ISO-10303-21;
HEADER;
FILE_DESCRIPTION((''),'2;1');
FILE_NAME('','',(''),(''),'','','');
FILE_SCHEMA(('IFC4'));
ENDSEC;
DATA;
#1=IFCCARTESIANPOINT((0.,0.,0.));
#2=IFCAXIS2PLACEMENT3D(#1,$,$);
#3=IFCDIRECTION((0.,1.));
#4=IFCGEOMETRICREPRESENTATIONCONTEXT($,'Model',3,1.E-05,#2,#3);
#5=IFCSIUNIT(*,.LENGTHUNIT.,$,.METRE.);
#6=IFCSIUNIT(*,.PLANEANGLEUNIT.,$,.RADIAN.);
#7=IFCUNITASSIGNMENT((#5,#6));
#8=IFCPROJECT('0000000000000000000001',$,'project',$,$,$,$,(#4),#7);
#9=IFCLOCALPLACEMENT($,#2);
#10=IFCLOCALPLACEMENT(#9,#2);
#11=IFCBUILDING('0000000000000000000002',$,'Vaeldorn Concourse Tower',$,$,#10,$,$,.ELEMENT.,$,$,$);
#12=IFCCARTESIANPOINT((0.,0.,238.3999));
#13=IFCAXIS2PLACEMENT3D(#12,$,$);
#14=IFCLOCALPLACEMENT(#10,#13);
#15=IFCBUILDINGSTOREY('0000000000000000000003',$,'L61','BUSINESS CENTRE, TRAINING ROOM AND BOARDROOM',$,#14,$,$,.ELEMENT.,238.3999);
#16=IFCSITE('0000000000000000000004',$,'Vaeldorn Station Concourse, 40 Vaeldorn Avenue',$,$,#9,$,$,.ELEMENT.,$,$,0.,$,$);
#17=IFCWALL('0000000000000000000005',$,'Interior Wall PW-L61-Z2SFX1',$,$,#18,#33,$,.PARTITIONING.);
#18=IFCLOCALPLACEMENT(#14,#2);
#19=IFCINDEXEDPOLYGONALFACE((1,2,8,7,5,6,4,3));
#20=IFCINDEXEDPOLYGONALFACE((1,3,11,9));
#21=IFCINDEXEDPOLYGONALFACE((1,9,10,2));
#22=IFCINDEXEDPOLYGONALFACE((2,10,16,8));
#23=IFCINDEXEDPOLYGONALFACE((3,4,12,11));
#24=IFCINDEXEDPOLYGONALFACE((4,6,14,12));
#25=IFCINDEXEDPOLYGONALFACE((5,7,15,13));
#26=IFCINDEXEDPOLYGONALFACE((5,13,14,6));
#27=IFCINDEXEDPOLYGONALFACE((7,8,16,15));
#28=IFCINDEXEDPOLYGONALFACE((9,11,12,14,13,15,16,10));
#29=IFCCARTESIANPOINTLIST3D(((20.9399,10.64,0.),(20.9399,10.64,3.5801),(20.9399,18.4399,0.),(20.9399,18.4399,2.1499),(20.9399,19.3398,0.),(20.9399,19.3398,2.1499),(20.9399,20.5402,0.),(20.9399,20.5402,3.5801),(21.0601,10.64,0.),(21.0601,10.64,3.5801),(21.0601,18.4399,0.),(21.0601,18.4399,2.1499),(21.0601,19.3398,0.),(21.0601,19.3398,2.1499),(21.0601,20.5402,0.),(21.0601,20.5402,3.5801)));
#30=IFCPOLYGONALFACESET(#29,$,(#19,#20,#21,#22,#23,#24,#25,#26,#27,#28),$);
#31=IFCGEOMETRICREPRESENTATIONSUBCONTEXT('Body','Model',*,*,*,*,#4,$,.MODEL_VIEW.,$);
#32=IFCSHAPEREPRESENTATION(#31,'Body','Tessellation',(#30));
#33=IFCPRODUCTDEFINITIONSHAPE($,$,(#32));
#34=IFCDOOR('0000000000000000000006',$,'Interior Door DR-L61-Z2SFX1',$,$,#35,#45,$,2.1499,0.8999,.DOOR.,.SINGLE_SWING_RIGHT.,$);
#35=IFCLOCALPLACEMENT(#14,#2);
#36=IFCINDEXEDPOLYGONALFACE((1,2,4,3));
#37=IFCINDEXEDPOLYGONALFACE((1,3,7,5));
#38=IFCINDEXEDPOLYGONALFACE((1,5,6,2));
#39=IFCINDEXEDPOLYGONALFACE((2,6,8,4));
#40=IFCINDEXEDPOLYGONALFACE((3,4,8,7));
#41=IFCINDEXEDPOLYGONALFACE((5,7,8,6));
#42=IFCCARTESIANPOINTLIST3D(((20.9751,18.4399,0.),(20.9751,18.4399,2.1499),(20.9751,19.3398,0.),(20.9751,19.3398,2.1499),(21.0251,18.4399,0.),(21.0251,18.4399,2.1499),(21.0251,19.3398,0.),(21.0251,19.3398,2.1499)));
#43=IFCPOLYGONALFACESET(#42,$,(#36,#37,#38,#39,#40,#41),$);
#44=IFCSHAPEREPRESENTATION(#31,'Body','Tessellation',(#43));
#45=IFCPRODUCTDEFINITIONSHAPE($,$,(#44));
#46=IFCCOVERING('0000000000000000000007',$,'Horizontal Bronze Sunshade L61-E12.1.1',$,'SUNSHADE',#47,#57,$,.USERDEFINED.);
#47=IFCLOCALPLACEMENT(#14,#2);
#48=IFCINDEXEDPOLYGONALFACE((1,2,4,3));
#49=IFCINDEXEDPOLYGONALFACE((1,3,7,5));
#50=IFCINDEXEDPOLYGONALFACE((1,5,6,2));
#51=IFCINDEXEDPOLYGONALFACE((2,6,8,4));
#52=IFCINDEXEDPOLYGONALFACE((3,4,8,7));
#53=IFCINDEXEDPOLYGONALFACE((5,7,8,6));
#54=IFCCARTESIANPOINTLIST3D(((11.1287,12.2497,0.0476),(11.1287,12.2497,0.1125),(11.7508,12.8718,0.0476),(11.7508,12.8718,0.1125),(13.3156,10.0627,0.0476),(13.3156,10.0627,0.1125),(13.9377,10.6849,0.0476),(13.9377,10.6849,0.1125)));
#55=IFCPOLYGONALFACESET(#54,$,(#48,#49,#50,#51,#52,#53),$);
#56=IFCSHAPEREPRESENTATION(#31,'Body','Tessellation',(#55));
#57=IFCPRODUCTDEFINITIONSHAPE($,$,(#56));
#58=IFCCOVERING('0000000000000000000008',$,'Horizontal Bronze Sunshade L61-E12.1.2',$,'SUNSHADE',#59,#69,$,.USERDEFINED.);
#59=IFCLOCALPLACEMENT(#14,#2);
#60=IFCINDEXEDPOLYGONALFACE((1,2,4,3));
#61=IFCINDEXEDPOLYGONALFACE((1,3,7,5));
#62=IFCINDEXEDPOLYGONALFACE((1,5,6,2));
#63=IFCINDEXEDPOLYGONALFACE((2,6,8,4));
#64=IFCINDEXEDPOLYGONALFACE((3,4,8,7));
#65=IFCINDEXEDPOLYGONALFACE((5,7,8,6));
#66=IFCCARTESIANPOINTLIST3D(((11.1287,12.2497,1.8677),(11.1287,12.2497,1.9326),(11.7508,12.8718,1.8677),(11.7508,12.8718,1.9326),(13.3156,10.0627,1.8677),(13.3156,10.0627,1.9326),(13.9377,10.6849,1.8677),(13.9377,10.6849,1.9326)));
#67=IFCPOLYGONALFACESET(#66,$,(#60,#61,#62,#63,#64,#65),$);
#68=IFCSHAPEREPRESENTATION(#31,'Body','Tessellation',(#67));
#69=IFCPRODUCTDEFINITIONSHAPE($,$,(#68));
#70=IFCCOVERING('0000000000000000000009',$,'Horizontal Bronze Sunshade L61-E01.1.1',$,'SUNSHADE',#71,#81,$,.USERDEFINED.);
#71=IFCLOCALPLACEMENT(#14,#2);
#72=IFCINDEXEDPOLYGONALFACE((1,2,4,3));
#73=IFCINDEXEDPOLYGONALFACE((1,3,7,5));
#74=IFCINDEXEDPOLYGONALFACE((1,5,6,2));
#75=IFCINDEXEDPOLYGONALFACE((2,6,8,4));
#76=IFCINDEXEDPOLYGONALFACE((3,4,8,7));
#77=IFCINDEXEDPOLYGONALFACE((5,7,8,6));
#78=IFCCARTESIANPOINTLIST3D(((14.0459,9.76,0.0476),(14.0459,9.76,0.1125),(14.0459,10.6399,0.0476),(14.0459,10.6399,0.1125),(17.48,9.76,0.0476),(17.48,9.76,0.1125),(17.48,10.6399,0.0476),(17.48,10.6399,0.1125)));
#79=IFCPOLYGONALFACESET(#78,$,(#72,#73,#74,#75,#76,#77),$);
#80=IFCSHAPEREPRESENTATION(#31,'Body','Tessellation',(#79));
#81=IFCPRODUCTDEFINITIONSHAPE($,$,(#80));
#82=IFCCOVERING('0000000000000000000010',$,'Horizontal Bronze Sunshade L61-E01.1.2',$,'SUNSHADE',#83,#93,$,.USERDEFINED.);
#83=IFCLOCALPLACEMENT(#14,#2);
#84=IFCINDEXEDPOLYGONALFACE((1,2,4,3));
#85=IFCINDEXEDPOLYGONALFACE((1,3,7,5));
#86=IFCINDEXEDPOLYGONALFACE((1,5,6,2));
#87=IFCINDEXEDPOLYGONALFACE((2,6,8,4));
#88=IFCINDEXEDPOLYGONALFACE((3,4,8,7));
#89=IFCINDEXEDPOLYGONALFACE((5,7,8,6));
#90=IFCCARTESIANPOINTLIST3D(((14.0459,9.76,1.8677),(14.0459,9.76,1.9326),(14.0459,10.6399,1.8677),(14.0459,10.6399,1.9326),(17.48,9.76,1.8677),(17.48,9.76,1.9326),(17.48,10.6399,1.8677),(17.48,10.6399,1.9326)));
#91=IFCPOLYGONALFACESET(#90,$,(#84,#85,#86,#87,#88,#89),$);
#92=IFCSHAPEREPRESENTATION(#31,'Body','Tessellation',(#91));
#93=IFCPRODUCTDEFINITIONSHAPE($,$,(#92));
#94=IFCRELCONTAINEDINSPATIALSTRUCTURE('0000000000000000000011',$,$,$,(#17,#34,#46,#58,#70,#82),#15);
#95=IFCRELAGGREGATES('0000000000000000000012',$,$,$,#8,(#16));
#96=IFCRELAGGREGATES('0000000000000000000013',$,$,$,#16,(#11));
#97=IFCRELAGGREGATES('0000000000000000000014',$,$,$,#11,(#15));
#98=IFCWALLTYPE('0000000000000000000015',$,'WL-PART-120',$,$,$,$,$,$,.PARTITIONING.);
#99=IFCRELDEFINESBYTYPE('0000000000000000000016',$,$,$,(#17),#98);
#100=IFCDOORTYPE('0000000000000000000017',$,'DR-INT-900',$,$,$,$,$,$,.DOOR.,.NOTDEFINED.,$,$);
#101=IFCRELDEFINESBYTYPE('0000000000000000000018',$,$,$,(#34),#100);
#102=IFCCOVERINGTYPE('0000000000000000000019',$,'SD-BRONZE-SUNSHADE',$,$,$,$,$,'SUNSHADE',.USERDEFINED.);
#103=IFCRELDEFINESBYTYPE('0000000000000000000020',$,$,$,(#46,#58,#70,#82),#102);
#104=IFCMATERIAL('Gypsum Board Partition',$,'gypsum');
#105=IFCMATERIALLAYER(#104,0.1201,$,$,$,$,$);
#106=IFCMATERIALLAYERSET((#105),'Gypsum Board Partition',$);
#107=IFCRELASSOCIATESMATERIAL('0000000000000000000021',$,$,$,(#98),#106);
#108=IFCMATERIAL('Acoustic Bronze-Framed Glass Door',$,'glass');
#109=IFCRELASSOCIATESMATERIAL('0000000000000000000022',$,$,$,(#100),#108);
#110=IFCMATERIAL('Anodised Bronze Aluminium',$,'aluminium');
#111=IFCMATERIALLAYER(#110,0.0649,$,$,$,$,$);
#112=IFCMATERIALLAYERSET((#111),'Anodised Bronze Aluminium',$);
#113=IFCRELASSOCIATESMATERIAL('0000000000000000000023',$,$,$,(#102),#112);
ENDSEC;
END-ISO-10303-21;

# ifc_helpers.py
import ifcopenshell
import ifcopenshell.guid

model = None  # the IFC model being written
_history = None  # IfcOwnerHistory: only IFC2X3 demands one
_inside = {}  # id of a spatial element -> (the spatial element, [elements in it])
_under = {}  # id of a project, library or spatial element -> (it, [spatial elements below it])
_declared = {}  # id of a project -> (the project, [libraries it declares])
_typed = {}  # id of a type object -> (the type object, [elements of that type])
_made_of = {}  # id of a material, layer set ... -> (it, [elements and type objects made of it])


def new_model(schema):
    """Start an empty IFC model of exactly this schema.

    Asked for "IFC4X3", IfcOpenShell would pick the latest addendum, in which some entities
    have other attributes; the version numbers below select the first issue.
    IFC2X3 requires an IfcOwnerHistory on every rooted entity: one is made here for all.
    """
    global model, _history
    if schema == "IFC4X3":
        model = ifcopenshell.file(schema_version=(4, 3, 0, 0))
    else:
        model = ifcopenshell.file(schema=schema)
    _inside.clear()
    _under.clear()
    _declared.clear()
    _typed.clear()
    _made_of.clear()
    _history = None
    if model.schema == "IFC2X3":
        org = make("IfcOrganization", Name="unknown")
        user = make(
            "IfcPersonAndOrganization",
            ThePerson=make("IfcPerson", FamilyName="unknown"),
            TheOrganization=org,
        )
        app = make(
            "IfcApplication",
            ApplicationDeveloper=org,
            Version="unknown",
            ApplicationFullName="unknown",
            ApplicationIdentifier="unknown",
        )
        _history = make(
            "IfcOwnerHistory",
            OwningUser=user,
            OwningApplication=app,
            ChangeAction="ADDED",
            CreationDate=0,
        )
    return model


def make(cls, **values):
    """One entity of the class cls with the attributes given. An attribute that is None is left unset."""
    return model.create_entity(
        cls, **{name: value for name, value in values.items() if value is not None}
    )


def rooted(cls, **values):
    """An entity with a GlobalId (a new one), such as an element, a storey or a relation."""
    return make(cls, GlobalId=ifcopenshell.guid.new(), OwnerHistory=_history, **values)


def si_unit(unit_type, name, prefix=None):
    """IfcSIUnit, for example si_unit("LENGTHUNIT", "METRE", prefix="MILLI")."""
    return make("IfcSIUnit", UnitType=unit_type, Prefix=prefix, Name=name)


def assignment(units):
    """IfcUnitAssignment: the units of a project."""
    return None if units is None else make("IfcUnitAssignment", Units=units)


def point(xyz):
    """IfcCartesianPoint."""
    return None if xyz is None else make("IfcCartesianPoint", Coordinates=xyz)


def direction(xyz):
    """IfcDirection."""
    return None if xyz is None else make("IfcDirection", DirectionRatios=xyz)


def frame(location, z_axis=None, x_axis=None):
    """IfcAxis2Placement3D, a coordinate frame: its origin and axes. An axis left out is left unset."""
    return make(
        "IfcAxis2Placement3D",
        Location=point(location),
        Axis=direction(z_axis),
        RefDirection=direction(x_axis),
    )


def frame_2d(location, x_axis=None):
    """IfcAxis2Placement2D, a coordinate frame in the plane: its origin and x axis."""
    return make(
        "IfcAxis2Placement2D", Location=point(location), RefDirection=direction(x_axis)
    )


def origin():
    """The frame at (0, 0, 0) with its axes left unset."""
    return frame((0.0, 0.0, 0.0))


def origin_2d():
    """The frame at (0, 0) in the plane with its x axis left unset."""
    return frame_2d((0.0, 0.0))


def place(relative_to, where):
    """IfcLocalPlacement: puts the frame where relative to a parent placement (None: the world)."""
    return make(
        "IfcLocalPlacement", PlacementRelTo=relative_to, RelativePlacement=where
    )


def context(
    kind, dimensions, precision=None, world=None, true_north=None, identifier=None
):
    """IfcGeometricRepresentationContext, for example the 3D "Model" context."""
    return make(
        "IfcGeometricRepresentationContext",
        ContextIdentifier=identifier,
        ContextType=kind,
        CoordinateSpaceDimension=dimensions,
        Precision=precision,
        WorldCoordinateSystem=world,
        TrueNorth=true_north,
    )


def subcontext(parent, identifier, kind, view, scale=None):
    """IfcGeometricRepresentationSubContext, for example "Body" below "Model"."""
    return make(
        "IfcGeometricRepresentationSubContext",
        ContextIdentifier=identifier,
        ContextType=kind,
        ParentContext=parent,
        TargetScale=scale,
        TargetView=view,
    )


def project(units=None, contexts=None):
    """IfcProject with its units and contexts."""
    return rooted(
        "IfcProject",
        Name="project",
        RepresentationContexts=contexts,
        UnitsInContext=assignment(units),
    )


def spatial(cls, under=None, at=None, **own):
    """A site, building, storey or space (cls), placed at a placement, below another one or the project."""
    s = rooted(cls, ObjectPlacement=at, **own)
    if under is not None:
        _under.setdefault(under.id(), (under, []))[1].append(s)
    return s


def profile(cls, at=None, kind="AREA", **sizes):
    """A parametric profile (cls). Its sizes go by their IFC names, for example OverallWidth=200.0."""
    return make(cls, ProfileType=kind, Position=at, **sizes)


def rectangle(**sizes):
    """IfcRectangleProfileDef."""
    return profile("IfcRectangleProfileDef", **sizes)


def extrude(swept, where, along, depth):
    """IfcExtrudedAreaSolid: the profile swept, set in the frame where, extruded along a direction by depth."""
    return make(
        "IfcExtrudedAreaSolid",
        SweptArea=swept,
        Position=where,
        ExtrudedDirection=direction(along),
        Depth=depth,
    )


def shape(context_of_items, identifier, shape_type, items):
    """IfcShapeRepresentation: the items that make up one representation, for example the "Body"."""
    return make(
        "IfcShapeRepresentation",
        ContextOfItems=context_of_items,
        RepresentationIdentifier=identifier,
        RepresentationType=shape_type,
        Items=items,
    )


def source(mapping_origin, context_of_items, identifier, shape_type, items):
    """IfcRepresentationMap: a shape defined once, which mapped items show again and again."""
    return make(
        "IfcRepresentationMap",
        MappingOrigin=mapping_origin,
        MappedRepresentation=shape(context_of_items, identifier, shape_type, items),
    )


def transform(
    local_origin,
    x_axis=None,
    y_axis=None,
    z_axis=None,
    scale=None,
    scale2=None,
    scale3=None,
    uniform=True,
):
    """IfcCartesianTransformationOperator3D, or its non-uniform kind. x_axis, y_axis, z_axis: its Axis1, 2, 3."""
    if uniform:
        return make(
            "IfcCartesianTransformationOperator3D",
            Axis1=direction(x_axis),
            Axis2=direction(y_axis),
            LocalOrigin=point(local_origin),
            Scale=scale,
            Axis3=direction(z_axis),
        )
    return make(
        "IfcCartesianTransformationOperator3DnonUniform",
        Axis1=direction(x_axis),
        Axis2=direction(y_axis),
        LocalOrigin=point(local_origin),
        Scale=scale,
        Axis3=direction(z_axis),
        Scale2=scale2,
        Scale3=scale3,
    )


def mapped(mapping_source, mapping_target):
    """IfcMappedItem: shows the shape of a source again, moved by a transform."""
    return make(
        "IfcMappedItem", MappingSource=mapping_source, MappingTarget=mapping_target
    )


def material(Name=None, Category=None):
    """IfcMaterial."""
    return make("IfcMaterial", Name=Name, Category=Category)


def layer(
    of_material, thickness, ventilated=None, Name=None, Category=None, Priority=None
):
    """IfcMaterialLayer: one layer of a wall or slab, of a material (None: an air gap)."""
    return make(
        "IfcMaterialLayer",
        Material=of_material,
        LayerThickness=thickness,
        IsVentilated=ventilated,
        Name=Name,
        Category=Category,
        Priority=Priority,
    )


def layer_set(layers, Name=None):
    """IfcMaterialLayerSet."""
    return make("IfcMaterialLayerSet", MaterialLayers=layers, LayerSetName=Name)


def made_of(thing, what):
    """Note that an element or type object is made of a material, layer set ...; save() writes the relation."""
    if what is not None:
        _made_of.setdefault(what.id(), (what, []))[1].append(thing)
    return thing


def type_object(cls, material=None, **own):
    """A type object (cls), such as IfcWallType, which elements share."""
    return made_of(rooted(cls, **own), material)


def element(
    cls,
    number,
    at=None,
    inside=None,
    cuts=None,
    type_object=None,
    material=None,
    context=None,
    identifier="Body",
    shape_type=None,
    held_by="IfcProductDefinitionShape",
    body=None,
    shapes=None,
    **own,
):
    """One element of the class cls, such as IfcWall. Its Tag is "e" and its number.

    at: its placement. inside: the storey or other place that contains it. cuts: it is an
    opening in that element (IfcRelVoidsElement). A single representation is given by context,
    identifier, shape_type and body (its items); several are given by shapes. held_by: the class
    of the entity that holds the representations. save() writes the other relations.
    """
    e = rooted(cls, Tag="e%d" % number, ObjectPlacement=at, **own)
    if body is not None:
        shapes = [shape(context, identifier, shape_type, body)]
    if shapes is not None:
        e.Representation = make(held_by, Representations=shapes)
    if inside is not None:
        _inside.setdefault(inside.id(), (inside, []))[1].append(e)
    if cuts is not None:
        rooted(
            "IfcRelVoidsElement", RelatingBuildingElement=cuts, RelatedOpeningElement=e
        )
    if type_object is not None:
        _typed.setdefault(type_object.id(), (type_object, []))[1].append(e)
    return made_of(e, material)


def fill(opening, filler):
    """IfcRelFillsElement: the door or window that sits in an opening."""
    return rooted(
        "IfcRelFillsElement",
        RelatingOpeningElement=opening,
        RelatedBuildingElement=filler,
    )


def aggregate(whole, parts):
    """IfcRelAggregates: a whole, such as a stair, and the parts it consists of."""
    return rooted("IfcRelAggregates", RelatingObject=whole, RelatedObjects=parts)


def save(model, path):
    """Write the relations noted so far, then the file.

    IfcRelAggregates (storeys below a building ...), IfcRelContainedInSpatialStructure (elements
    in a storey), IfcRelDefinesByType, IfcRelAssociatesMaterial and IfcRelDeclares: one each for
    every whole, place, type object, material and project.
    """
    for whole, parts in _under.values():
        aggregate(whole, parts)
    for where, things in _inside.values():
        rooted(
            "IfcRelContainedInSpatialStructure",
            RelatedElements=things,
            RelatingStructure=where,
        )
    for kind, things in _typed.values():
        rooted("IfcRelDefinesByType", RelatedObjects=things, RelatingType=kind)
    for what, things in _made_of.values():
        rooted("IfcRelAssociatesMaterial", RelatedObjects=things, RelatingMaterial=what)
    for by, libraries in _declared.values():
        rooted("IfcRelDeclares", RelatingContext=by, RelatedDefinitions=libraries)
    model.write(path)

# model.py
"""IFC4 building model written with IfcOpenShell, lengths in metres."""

from ifc_helpers import new_model, si_unit, direction, frame, frame_2d, origin, origin_2d, place, context, subcontext, project, spatial, rectangle, extrude, source, transform, mapped, material, layer, layer_set, type_object, element, fill, save


model = new_model("IFC4")

# Units and contexts
model_context = context("Model", 3, precision=1e-05, world=origin(), true_north=direction((0.0, 1.0)))
body_context = subcontext(model_context, "Body", "Model", "MODEL_VIEW")
ifc_project = project(units=[si_unit("LENGTHUNIT", "METRE"), si_unit("PLANEANGLEUNIT", "RADIAN")], contexts=[model_context])

# Site, building, storey
site_placement = place(None, origin())
site = spatial("IfcSite", under=ifc_project, at=site_placement, Name="Vaeldorn Station Concourse, 40 Vaeldorn Avenue", CompositionType="ELEMENT", RefElevation=0.0)
building_placement = place(site_placement, origin())
building = spatial("IfcBuilding", under=site, at=building_placement, Name="Vaeldorn Concourse Tower", CompositionType="ELEMENT")
storey_placement = place(building_placement, frame((0.0, 0.0, 238.3999)))
storey = spatial("IfcBuildingStorey", under=building, at=storey_placement, Name="L61", Description="BUSINESS CENTRE, TRAINING ROOM AND BOARDROOM", CompositionType="ELEMENT", Elevation=238.3999)

# Shared definitions
ifc_material_1 = material(Name="Anodised Bronze Aluminium", Category="aluminium")

# Wall, opening, door
ifc_material_2 = material(Name="Gypsum Board Partition", Category="gypsum")
ifc_layer_1 = layer(ifc_material_2, 0.1201)
ifc_layer_set_1 = layer_set([ifc_layer_1], Name="Gypsum Board Partition")
wall_type_1 = type_object("IfcWallType", Name="WL-PART-120", PredefinedType="PARTITIONING", material=ifc_layer_set_1)
wall_1_placement = place(storey_placement, frame((21.0, 10.6399, 0.0), z_axis=(0.0, 0.0, 1.0), x_axis=(0.0, 1.0, 0.0)))
wall_1 = element("IfcWall", 1, at=wall_1_placement, inside=storey, type_object=wall_type_1, Name="Interior Wall PW-L61-Z2SFX1", PredefinedType="PARTITIONING", context=body_context, shape_type="SweptSolid", body=[
    extrude(rectangle(XDim=9.9001, YDim=0.1201, at=frame_2d((4.9502, 0.0))), origin(), (0.0, 0.0, 1.0), 3.5801),
])
opening_1_placement = place(wall_1_placement, frame((7.8, 0.0, 0.0)))
opening_1 = element("IfcOpeningElement", 2, at=opening_1_placement, cuts=wall_1, PredefinedType="OPENING", context=body_context, shape_type="SweptSolid", body=[
    extrude(rectangle(XDim=0.8999, YDim=2.1499, at=frame_2d((0.45, 1.075))), frame((0.0, 0.0701, 0.0), z_axis=(0.0, -1.0, 0.0), x_axis=(1.0, 0.0, 0.0)), (0.0, 0.0, 1.0), 0.1401),
])
ifc_material_3 = material(Name="Acoustic Bronze-Framed Glass Door", Category="glass")
door_type_1 = type_object("IfcDoorType", Name="DR-INT-900", OperationType="NOTDEFINED", PredefinedType="DOOR", material=ifc_material_3)
shared_shape_1 = source(origin(), body_context, "Body", "SweptSolid", [
    extrude(rectangle(XDim=0.8999, YDim=2.1499, at=frame_2d((0.45, 1.075))), frame((0.0, 0.0249, 0.0), z_axis=(0.0, -1.0, 0.0), x_axis=(1.0, 0.0, 0.0)), (0.0, 0.0, 1.0), 0.05),
])
door_1_placement = place(opening_1_placement, origin())
door_1 = element("IfcDoor", 3, at=door_1_placement, inside=storey, type_object=door_type_1, Name="Interior Door DR-L61-Z2SFX1", OperationType="SINGLE_SWING_RIGHT", OverallHeight=2.1499, OverallWidth=0.8999, PredefinedType="DOOR", context=body_context, shape_type="MappedRepresentation", body=[
    mapped(shared_shape_1, transform((0.0, 0.0, 0.0), scale=1.0)),
])
fill(opening_1, door_1)

# Coverings
ifc_layer_2 = layer(ifc_material_1, 0.0649)
ifc_layer_set_2 = layer_set([ifc_layer_2], Name="Anodised Bronze Aluminium")
covering_type = type_object("IfcCoveringType", Name="SD-BRONZE-SUNSHADE", ElementType="SUNSHADE", PredefinedType="USERDEFINED", material=ifc_layer_set_2)
shared_shape_2 = source(origin(), body_context, "Body", "SweptSolid", [
    extrude(rectangle(XDim=3.0928, YDim=0.8799, at=origin_2d()), origin(), (0.0, 0.0, 1.0), 0.0649),
])
for number, where, z_axis, x_axis, name in (
    (4, (12.5332, 11.4673, 0.0476), (0.0, 0.0, 1.0), (0.707107, -0.707107, 0.0), "Horizontal Bronze Sunshade L61-E12.1.1"),
    (5, (12.5332, 11.4673, 1.8677), (0.0, 0.0, 1.0), (0.707107, -0.707107, 0.0), "Horizontal Bronze Sunshade L61-E12.1.2"),
):
    element("IfcCovering", number, at=place(storey_placement, frame(where, z_axis=z_axis, x_axis=x_axis)), inside=storey, type_object=covering_type, Name=name, ObjectType="SUNSHADE", PredefinedType="USERDEFINED", context=body_context, shape_type="MappedRepresentation", body=[
        mapped(shared_shape_2, transform((0.0, 0.0, 0.0), scale=1.0)),
    ])
shared_shape_3 = source(origin(), body_context, "Body", "SweptSolid", [
    extrude(rectangle(XDim=3.4341, YDim=0.8799, at=origin_2d()), origin(), (0.0, 0.0, 1.0), 0.0649),
])
for number, where, z_axis, x_axis, name in (
    (6, (15.7629, 10.2, 0.0476), (0.0, 0.0, 1.0), (1.0, 0.0, 0.0), "Horizontal Bronze Sunshade L61-E01.1.1"),
    (7, (15.7629, 10.2, 1.8677), (0.0, 0.0, 1.0), (1.0, 0.0, 0.0), "Horizontal Bronze Sunshade L61-E01.1.2"),
):
    element("IfcCovering", number, at=place(storey_placement, frame(where, z_axis=z_axis, x_axis=x_axis)), inside=storey, type_object=covering_type, Name=name, ObjectType="SUNSHADE", PredefinedType="USERDEFINED", context=body_context, shape_type="MappedRepresentation", body=[
        mapped(shared_shape_3, transform((0.0, 0.0, 0.0), scale=1.0)),
    ])

save(model, "model.ifc")
